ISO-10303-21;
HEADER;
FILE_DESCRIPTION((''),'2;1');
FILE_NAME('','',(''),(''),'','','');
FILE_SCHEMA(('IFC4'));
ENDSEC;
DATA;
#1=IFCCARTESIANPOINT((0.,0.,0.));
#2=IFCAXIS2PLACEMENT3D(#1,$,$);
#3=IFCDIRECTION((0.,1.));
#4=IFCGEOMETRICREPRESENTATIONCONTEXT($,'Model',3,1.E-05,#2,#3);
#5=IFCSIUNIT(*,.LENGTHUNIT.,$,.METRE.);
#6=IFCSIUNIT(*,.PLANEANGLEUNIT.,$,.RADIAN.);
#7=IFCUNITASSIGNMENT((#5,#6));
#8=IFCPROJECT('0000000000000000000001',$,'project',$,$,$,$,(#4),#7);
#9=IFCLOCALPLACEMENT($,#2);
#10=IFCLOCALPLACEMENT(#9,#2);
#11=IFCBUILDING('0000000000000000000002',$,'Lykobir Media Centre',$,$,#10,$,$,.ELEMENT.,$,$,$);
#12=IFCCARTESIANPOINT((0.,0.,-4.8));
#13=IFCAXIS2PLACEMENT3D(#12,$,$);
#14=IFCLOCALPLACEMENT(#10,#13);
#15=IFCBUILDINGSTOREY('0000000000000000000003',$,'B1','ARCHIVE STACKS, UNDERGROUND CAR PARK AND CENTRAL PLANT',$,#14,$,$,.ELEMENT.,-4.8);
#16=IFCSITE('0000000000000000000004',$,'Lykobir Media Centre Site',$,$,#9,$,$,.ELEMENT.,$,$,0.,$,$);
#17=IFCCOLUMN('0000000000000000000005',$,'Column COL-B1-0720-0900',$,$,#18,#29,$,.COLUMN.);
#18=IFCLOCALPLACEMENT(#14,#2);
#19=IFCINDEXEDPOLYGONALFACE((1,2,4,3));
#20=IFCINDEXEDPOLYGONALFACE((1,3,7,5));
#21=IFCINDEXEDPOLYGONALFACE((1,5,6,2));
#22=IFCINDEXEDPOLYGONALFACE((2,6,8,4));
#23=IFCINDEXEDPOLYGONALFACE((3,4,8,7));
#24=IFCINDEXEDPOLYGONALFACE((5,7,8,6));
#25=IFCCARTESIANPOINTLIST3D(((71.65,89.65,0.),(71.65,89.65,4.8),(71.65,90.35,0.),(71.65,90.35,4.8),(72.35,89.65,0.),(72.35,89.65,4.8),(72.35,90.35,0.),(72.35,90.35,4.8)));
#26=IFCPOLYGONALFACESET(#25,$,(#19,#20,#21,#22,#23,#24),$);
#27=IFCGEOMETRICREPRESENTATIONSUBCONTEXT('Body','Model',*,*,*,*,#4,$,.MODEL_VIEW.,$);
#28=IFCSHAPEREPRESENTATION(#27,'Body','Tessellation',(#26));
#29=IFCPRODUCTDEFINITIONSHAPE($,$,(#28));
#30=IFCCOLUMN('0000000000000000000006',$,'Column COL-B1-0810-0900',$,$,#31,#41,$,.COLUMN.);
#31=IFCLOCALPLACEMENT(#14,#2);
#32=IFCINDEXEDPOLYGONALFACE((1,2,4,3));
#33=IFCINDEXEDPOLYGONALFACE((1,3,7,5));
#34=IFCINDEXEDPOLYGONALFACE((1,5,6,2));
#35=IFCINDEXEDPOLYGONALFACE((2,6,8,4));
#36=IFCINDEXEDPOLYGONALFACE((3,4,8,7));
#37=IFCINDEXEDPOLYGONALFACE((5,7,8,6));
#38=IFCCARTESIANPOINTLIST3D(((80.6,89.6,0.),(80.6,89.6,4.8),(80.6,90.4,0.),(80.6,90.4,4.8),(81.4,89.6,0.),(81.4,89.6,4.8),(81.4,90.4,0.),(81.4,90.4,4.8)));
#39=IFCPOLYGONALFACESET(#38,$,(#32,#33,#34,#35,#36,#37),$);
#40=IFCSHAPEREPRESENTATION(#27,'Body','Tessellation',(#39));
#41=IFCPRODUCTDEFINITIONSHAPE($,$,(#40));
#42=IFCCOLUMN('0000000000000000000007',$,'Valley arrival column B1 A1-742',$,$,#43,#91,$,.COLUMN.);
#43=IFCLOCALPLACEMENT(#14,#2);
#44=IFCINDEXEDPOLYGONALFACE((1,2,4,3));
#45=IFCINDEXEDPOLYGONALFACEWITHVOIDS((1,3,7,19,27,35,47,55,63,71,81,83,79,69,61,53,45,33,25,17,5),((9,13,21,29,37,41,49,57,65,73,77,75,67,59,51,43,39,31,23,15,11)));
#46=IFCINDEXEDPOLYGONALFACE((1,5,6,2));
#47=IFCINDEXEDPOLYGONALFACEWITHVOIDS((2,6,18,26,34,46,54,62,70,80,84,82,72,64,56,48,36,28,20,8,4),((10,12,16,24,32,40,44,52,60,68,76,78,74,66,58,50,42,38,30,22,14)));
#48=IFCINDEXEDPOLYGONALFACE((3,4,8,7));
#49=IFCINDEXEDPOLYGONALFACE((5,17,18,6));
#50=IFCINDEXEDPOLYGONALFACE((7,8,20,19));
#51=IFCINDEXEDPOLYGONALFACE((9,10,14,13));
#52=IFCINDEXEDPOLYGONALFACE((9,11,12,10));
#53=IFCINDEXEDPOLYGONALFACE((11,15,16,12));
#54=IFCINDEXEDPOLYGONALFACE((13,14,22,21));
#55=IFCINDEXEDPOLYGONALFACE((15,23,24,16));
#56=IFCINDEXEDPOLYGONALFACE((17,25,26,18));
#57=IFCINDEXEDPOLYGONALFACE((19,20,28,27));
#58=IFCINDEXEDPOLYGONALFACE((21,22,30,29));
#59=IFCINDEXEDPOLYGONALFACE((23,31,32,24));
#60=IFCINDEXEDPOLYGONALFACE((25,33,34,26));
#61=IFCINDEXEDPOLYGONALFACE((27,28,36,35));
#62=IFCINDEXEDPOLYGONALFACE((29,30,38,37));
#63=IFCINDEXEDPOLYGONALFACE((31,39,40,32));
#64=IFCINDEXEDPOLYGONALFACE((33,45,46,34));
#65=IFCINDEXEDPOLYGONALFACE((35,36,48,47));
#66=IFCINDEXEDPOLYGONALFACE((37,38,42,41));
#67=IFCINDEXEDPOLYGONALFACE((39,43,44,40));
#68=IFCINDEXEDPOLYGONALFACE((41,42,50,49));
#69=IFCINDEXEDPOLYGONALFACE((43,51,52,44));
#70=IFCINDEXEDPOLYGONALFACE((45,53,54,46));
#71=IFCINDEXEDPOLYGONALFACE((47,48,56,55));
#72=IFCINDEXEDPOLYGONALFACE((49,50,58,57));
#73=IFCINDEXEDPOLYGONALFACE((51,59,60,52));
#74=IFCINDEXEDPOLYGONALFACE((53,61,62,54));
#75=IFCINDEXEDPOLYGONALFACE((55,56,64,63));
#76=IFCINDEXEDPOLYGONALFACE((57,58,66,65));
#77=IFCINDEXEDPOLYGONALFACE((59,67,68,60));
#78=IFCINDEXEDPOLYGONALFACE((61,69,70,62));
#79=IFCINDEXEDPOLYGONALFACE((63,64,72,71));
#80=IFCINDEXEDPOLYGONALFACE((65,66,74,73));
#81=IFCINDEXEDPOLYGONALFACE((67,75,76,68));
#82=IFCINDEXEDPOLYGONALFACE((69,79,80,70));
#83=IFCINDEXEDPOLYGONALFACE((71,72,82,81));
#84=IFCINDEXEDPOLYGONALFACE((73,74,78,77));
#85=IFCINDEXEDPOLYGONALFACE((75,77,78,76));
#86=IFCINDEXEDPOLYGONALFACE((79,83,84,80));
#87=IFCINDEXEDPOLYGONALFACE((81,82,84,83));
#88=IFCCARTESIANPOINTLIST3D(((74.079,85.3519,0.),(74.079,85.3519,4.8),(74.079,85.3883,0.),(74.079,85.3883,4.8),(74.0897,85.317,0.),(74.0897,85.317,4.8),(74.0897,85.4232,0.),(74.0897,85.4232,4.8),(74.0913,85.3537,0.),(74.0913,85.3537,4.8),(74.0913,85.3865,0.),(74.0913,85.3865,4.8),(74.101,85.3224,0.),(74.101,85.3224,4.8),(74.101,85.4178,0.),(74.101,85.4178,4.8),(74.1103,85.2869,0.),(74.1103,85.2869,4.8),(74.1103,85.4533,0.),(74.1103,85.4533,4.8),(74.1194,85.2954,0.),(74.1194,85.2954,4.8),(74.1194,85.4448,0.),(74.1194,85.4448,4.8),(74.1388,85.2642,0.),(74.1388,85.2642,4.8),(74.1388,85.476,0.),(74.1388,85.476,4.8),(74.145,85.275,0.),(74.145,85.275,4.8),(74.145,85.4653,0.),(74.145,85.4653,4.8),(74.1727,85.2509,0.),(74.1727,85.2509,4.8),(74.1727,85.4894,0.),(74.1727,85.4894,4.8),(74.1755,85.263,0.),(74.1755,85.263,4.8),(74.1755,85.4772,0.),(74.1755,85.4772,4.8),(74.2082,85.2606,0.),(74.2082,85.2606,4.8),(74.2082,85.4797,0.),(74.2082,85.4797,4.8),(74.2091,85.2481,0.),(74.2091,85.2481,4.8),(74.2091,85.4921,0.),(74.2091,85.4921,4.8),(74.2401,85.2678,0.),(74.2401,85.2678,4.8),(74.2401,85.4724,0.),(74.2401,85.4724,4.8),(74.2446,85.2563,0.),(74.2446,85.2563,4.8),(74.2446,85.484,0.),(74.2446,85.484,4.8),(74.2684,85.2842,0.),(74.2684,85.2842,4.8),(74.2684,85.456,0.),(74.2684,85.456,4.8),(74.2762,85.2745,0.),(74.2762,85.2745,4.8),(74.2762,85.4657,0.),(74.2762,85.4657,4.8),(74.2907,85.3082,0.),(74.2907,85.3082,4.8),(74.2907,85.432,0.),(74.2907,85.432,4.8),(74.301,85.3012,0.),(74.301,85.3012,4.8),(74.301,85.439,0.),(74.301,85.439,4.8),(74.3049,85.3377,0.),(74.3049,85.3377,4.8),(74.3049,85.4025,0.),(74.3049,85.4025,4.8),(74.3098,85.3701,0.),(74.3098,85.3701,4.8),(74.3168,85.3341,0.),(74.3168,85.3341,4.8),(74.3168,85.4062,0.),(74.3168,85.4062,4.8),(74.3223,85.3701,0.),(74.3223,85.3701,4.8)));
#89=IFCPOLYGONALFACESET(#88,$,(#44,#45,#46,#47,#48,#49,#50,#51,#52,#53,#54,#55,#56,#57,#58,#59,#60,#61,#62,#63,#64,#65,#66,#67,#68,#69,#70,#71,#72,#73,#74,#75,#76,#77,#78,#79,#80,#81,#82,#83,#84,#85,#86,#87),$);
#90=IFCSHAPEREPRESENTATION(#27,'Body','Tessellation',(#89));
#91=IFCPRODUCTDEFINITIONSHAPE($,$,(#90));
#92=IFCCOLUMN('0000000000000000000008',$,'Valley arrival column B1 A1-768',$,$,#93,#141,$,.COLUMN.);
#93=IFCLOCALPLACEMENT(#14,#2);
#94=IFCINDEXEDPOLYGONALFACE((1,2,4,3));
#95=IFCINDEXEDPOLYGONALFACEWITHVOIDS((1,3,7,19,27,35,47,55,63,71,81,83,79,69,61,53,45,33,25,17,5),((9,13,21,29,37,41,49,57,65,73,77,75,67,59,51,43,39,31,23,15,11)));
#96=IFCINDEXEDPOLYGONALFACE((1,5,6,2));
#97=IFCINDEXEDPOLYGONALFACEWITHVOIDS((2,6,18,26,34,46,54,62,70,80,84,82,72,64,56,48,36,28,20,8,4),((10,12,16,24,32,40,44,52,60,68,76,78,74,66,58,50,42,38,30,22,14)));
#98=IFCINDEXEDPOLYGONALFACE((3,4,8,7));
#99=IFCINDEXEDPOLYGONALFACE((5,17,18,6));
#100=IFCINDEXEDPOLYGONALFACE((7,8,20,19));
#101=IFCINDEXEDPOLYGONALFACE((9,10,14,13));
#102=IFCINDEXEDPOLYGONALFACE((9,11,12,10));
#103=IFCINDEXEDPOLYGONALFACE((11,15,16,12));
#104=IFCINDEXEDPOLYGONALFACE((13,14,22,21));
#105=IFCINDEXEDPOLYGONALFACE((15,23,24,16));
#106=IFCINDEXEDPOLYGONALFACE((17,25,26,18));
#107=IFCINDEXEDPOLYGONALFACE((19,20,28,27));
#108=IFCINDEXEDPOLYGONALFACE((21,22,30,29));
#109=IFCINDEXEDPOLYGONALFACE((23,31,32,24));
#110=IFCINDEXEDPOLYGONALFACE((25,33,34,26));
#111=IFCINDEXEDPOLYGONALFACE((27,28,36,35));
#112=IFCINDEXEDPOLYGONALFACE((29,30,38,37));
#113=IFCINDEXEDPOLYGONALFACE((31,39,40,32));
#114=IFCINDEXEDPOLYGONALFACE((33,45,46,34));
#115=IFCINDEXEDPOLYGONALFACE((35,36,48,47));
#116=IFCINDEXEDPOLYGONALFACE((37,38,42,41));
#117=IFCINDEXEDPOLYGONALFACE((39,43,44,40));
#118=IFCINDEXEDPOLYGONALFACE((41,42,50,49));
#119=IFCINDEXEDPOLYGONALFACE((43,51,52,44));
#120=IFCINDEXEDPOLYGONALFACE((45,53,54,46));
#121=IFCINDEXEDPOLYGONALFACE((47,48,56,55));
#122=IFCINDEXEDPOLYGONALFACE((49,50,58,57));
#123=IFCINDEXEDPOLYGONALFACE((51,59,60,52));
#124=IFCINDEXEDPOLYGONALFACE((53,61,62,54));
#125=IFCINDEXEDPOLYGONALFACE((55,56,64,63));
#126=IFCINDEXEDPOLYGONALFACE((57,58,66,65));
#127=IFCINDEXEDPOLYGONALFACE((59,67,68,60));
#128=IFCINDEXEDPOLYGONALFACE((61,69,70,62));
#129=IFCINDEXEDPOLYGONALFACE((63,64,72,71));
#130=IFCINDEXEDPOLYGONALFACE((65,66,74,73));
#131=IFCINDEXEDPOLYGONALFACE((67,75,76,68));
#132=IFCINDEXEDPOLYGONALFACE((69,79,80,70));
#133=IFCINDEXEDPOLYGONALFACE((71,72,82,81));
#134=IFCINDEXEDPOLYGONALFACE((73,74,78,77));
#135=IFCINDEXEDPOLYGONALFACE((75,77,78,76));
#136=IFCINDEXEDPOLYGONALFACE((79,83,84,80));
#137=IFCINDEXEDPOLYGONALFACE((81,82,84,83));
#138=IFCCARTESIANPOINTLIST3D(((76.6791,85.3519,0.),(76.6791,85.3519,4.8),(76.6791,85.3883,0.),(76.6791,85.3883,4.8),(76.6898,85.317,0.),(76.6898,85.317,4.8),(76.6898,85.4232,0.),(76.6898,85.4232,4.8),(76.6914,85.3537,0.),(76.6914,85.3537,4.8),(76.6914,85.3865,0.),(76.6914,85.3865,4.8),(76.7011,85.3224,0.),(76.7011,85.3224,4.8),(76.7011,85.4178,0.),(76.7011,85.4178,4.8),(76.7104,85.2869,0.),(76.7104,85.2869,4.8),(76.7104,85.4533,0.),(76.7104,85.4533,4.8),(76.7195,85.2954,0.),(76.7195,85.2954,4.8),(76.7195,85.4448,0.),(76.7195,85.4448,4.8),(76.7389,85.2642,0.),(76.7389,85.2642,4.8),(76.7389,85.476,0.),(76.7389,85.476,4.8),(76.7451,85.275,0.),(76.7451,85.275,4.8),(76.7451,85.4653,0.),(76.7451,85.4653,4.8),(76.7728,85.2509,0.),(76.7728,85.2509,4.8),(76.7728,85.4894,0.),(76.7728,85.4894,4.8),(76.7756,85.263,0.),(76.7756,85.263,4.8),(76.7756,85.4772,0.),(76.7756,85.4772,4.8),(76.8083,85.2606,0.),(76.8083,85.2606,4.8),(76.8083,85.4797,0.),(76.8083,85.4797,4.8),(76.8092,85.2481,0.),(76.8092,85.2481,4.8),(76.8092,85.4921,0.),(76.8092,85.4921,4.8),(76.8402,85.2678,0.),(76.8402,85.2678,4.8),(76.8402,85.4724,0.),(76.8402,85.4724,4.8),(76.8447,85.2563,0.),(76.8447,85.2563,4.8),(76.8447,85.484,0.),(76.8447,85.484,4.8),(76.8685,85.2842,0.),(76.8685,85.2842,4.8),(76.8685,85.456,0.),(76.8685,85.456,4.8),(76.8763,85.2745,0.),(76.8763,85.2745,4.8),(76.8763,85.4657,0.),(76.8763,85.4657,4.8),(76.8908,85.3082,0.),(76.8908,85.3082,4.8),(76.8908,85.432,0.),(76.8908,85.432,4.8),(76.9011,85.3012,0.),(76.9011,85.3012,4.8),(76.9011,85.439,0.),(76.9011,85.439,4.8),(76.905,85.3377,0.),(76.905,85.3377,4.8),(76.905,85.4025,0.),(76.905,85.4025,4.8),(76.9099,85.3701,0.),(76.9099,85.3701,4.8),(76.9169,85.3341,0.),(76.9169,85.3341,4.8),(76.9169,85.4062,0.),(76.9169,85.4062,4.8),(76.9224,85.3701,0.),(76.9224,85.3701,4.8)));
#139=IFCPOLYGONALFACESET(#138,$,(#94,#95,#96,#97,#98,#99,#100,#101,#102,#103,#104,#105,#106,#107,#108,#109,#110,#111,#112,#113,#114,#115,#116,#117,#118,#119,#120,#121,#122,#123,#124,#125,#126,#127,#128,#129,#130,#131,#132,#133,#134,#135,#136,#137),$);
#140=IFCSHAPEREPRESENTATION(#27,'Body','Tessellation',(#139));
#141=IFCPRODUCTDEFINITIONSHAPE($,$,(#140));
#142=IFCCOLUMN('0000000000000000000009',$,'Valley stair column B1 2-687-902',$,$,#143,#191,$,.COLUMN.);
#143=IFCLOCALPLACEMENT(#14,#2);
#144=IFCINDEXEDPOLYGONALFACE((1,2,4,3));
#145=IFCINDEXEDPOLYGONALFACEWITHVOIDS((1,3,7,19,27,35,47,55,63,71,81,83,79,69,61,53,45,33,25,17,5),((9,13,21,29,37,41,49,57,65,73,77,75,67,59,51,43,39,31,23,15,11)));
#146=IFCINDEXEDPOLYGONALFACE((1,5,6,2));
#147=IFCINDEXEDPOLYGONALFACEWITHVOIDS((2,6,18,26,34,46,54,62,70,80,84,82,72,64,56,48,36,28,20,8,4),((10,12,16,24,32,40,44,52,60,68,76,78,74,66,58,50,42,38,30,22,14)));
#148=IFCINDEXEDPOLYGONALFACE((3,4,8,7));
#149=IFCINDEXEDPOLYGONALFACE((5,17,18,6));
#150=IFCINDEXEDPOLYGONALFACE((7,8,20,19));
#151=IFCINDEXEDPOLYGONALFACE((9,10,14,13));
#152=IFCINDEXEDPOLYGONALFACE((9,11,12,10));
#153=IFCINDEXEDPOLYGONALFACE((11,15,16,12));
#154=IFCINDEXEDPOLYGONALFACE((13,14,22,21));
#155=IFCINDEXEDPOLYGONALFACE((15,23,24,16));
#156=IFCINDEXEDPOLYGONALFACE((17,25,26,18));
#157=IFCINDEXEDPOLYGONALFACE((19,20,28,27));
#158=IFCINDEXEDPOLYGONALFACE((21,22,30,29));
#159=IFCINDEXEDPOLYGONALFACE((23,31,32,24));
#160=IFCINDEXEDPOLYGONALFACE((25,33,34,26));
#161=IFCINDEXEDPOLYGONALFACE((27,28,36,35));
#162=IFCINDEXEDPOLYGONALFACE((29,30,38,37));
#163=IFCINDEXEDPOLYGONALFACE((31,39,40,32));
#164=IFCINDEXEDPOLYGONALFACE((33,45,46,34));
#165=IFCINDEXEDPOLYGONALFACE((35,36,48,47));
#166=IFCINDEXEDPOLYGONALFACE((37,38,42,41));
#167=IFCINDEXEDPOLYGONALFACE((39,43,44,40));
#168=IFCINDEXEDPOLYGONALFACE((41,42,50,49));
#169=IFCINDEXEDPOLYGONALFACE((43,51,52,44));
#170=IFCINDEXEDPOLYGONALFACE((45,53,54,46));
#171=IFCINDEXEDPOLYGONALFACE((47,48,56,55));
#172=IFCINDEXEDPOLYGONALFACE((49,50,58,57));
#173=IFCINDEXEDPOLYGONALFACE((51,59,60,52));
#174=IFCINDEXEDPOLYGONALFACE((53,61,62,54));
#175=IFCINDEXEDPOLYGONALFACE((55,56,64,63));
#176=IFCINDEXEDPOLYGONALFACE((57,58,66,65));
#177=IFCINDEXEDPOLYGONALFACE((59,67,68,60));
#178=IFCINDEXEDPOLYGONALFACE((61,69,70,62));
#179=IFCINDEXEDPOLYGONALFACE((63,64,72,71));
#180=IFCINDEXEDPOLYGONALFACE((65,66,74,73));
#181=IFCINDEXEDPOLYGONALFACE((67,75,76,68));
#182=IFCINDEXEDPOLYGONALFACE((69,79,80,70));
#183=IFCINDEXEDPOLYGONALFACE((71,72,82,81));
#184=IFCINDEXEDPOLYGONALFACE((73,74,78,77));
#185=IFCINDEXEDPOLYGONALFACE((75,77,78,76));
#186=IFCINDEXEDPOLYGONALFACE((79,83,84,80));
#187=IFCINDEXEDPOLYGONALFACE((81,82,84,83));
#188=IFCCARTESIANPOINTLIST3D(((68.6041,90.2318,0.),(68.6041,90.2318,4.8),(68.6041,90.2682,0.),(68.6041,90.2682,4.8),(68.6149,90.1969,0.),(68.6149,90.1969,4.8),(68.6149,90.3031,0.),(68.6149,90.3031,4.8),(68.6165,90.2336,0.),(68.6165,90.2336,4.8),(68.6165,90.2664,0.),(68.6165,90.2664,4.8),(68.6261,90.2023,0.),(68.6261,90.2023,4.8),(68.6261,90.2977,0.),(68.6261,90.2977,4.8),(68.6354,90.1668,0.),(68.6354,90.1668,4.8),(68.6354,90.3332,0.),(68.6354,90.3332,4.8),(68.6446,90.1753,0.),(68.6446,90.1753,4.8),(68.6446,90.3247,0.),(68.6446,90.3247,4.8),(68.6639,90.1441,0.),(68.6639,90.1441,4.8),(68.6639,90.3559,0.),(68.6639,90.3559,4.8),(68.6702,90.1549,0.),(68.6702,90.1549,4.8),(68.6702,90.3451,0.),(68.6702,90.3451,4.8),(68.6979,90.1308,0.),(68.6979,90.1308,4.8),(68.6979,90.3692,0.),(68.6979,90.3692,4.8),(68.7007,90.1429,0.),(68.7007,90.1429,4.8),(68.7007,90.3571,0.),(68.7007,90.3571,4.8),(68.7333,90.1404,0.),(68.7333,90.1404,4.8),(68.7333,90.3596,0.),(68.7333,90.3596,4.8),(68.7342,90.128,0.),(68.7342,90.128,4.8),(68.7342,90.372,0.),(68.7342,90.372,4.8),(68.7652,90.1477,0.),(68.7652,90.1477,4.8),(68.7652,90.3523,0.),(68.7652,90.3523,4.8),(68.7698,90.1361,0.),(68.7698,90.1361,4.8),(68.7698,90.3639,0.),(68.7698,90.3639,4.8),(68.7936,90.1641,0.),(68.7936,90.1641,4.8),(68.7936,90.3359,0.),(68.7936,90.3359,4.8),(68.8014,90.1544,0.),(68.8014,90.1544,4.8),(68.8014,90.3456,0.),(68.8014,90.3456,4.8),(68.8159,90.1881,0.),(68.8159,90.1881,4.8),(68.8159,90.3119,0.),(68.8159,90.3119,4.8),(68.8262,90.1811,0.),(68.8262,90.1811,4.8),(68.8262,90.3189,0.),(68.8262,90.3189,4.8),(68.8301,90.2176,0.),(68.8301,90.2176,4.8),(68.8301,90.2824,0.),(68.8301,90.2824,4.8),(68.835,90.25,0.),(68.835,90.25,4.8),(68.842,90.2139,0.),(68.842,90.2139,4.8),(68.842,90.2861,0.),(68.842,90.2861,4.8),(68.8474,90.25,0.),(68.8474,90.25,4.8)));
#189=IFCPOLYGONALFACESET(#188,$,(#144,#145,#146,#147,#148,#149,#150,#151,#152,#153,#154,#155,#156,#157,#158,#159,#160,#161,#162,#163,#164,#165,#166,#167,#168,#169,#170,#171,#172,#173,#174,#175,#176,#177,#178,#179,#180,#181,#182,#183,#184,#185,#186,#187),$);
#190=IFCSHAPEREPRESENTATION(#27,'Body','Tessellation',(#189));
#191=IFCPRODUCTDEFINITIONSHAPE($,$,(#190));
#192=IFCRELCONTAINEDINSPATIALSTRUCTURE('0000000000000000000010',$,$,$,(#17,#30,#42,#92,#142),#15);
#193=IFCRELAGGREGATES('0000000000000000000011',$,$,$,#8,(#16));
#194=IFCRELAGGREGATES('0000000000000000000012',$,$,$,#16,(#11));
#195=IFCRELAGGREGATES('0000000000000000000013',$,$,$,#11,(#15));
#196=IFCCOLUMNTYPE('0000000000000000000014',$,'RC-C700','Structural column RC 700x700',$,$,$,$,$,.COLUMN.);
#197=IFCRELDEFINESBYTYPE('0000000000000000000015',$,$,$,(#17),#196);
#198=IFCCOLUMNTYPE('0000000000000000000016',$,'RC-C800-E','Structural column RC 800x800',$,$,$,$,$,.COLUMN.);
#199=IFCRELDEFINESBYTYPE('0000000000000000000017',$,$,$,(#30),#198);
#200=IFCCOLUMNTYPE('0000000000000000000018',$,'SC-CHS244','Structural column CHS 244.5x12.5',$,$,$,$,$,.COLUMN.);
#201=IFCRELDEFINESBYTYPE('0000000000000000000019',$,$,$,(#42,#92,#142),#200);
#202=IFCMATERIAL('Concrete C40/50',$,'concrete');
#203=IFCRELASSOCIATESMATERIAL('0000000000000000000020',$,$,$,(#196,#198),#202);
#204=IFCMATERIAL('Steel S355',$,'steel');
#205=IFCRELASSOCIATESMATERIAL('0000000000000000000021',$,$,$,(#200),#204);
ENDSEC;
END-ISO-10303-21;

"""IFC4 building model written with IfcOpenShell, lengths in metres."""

from ifc_helpers import new_model, si_unit, direction, frame, origin, origin_2d, place, context, subcontext, project, spatial, rectangle, hollow_circle, extrude, material, material_profile, profile_set, type_object, element, save


model = new_model("IFC4")

# Units and contexts
model_context = context("Model", 3, precision=1e-05, world=origin(), true_north=direction((0.0, 1.0)))
body_context = subcontext(model_context, "Body", "Model", "MODEL_VIEW")
ifc_project = project(units=[si_unit("LENGTHUNIT", "METRE"), si_unit("PLANEANGLEUNIT", "RADIAN")], contexts=[model_context])

# Site, building, storey
site_placement = place(None, origin())
site = spatial("IfcSite", under=ifc_project, at=site_placement, Name="Lykobir Media Centre Site", CompositionType="ELEMENT", RefElevation=0.0)
building_placement = place(site_placement, origin())
building = spatial("IfcBuilding", under=site, at=building_placement, Name="Lykobir Media Centre", CompositionType="ELEMENT")
storey_placement = place(building_placement, frame((0.0, 0.0, -4.8)))
storey = spatial("IfcBuildingStorey", under=building, at=storey_placement, Name="B1", Description="ARCHIVE STACKS, UNDERGROUND CAR PARK AND CENTRAL PLANT", CompositionType="ELEMENT", Elevation=-4.8)

# Columns
ifc_material_1 = material(Name="Concrete C40/50", Category="concrete")
ifc_material_profile_1 = material_profile(ifc_material_1, rectangle(XDim=0.7, YDim=0.7, at=origin_2d()), Name="RC 700x700")
ifc_profile_set_1 = profile_set([ifc_material_profile_1], Name="Concrete C40/50")
column_type_1 = type_object("IfcColumnType", Name="RC-C700", Description="Structural column RC 700x700", PredefinedType="COLUMN", material=ifc_profile_set_1)
column_1_placement = place(storey_placement, frame((72.0, 90.0, 0.0), z_axis=(0.0, 0.0, 1.0), x_axis=(1.0, 0.0, 0.0)))
element("IfcColumn", 1, at=column_1_placement, inside=storey, type_object=column_type_1, Name="Column COL-B1-0720-0900", PredefinedType="COLUMN", context=body_context, shape_type="SweptSolid", body=[
    extrude(rectangle(XDim=0.7, YDim=0.7, at=origin_2d()), origin(), (0.0, 0.0, 1.0), 4.8),
])
ifc_material_profile_2 = material_profile(ifc_material_1, rectangle(XDim=0.8, YDim=0.8, at=origin_2d()), Name="RC 800x800")
ifc_profile_set_2 = profile_set([ifc_material_profile_2], Name="Concrete C40/50")
column_type_2 = type_object("IfcColumnType", Name="RC-C800-E", Description="Structural column RC 800x800", PredefinedType="COLUMN", material=ifc_profile_set_2)
column_2_placement = place(storey_placement, frame((81.0, 90.0, 0.0), z_axis=(0.0, 0.0, 1.0), x_axis=(1.0, 0.0, 0.0)))
element("IfcColumn", 2, at=column_2_placement, inside=storey, type_object=column_type_2, Name="Column COL-B1-0810-0900", PredefinedType="COLUMN", context=body_context, shape_type="SweptSolid", body=[
    extrude(rectangle(XDim=0.8, YDim=0.8, at=origin_2d()), origin(), (0.0, 0.0, 1.0), 4.8),
])
ifc_material_2 = material(Name="Steel S355", Category="steel")
ifc_material_profile_3 = material_profile(ifc_material_2, hollow_circle(Radius=0.1223, WallThickness=0.0125, at=origin_2d()), Name="CHS 244.5x12.5")
ifc_profile_set_3 = profile_set([ifc_material_profile_3], Name="Steel S355")
column_type_3 = type_object("IfcColumnType", Name="SC-CHS244", Description="Structural column CHS 244.5x12.5", PredefinedType="COLUMN", material=ifc_profile_set_3)
for number, where, z_axis, x_axis, name in (
    (3, (74.2, 85.3701, 0.0), (0.0, 0.0, 1.0), (1.0, 0.0, 0.0), "Valley arrival column B1 A1-742"),
    (4, (76.8, 85.3701, 0.0), (0.0, 0.0, 1.0), (1.0, 0.0, 0.0), "Valley arrival column B1 A1-768"),
    (5, (68.7251, 90.25, 0.0), (0.0, 0.0, 1.0), (1.0, 0.0, 0.0), "Valley stair column B1 2-687-902"),
):
    element("IfcColumn", number, at=place(storey_placement, frame(where, z_axis=z_axis, x_axis=x_axis)), inside=storey, type_object=column_type_3, Name=name, PredefinedType="COLUMN", context=body_context, shape_type="SweptSolid", body=[
        extrude(hollow_circle(Radius=0.1223, WallThickness=0.0125, at=origin_2d()), origin(), (0.0, 0.0, 1.0), 4.8),
    ])

save(model, "model.ifc")
